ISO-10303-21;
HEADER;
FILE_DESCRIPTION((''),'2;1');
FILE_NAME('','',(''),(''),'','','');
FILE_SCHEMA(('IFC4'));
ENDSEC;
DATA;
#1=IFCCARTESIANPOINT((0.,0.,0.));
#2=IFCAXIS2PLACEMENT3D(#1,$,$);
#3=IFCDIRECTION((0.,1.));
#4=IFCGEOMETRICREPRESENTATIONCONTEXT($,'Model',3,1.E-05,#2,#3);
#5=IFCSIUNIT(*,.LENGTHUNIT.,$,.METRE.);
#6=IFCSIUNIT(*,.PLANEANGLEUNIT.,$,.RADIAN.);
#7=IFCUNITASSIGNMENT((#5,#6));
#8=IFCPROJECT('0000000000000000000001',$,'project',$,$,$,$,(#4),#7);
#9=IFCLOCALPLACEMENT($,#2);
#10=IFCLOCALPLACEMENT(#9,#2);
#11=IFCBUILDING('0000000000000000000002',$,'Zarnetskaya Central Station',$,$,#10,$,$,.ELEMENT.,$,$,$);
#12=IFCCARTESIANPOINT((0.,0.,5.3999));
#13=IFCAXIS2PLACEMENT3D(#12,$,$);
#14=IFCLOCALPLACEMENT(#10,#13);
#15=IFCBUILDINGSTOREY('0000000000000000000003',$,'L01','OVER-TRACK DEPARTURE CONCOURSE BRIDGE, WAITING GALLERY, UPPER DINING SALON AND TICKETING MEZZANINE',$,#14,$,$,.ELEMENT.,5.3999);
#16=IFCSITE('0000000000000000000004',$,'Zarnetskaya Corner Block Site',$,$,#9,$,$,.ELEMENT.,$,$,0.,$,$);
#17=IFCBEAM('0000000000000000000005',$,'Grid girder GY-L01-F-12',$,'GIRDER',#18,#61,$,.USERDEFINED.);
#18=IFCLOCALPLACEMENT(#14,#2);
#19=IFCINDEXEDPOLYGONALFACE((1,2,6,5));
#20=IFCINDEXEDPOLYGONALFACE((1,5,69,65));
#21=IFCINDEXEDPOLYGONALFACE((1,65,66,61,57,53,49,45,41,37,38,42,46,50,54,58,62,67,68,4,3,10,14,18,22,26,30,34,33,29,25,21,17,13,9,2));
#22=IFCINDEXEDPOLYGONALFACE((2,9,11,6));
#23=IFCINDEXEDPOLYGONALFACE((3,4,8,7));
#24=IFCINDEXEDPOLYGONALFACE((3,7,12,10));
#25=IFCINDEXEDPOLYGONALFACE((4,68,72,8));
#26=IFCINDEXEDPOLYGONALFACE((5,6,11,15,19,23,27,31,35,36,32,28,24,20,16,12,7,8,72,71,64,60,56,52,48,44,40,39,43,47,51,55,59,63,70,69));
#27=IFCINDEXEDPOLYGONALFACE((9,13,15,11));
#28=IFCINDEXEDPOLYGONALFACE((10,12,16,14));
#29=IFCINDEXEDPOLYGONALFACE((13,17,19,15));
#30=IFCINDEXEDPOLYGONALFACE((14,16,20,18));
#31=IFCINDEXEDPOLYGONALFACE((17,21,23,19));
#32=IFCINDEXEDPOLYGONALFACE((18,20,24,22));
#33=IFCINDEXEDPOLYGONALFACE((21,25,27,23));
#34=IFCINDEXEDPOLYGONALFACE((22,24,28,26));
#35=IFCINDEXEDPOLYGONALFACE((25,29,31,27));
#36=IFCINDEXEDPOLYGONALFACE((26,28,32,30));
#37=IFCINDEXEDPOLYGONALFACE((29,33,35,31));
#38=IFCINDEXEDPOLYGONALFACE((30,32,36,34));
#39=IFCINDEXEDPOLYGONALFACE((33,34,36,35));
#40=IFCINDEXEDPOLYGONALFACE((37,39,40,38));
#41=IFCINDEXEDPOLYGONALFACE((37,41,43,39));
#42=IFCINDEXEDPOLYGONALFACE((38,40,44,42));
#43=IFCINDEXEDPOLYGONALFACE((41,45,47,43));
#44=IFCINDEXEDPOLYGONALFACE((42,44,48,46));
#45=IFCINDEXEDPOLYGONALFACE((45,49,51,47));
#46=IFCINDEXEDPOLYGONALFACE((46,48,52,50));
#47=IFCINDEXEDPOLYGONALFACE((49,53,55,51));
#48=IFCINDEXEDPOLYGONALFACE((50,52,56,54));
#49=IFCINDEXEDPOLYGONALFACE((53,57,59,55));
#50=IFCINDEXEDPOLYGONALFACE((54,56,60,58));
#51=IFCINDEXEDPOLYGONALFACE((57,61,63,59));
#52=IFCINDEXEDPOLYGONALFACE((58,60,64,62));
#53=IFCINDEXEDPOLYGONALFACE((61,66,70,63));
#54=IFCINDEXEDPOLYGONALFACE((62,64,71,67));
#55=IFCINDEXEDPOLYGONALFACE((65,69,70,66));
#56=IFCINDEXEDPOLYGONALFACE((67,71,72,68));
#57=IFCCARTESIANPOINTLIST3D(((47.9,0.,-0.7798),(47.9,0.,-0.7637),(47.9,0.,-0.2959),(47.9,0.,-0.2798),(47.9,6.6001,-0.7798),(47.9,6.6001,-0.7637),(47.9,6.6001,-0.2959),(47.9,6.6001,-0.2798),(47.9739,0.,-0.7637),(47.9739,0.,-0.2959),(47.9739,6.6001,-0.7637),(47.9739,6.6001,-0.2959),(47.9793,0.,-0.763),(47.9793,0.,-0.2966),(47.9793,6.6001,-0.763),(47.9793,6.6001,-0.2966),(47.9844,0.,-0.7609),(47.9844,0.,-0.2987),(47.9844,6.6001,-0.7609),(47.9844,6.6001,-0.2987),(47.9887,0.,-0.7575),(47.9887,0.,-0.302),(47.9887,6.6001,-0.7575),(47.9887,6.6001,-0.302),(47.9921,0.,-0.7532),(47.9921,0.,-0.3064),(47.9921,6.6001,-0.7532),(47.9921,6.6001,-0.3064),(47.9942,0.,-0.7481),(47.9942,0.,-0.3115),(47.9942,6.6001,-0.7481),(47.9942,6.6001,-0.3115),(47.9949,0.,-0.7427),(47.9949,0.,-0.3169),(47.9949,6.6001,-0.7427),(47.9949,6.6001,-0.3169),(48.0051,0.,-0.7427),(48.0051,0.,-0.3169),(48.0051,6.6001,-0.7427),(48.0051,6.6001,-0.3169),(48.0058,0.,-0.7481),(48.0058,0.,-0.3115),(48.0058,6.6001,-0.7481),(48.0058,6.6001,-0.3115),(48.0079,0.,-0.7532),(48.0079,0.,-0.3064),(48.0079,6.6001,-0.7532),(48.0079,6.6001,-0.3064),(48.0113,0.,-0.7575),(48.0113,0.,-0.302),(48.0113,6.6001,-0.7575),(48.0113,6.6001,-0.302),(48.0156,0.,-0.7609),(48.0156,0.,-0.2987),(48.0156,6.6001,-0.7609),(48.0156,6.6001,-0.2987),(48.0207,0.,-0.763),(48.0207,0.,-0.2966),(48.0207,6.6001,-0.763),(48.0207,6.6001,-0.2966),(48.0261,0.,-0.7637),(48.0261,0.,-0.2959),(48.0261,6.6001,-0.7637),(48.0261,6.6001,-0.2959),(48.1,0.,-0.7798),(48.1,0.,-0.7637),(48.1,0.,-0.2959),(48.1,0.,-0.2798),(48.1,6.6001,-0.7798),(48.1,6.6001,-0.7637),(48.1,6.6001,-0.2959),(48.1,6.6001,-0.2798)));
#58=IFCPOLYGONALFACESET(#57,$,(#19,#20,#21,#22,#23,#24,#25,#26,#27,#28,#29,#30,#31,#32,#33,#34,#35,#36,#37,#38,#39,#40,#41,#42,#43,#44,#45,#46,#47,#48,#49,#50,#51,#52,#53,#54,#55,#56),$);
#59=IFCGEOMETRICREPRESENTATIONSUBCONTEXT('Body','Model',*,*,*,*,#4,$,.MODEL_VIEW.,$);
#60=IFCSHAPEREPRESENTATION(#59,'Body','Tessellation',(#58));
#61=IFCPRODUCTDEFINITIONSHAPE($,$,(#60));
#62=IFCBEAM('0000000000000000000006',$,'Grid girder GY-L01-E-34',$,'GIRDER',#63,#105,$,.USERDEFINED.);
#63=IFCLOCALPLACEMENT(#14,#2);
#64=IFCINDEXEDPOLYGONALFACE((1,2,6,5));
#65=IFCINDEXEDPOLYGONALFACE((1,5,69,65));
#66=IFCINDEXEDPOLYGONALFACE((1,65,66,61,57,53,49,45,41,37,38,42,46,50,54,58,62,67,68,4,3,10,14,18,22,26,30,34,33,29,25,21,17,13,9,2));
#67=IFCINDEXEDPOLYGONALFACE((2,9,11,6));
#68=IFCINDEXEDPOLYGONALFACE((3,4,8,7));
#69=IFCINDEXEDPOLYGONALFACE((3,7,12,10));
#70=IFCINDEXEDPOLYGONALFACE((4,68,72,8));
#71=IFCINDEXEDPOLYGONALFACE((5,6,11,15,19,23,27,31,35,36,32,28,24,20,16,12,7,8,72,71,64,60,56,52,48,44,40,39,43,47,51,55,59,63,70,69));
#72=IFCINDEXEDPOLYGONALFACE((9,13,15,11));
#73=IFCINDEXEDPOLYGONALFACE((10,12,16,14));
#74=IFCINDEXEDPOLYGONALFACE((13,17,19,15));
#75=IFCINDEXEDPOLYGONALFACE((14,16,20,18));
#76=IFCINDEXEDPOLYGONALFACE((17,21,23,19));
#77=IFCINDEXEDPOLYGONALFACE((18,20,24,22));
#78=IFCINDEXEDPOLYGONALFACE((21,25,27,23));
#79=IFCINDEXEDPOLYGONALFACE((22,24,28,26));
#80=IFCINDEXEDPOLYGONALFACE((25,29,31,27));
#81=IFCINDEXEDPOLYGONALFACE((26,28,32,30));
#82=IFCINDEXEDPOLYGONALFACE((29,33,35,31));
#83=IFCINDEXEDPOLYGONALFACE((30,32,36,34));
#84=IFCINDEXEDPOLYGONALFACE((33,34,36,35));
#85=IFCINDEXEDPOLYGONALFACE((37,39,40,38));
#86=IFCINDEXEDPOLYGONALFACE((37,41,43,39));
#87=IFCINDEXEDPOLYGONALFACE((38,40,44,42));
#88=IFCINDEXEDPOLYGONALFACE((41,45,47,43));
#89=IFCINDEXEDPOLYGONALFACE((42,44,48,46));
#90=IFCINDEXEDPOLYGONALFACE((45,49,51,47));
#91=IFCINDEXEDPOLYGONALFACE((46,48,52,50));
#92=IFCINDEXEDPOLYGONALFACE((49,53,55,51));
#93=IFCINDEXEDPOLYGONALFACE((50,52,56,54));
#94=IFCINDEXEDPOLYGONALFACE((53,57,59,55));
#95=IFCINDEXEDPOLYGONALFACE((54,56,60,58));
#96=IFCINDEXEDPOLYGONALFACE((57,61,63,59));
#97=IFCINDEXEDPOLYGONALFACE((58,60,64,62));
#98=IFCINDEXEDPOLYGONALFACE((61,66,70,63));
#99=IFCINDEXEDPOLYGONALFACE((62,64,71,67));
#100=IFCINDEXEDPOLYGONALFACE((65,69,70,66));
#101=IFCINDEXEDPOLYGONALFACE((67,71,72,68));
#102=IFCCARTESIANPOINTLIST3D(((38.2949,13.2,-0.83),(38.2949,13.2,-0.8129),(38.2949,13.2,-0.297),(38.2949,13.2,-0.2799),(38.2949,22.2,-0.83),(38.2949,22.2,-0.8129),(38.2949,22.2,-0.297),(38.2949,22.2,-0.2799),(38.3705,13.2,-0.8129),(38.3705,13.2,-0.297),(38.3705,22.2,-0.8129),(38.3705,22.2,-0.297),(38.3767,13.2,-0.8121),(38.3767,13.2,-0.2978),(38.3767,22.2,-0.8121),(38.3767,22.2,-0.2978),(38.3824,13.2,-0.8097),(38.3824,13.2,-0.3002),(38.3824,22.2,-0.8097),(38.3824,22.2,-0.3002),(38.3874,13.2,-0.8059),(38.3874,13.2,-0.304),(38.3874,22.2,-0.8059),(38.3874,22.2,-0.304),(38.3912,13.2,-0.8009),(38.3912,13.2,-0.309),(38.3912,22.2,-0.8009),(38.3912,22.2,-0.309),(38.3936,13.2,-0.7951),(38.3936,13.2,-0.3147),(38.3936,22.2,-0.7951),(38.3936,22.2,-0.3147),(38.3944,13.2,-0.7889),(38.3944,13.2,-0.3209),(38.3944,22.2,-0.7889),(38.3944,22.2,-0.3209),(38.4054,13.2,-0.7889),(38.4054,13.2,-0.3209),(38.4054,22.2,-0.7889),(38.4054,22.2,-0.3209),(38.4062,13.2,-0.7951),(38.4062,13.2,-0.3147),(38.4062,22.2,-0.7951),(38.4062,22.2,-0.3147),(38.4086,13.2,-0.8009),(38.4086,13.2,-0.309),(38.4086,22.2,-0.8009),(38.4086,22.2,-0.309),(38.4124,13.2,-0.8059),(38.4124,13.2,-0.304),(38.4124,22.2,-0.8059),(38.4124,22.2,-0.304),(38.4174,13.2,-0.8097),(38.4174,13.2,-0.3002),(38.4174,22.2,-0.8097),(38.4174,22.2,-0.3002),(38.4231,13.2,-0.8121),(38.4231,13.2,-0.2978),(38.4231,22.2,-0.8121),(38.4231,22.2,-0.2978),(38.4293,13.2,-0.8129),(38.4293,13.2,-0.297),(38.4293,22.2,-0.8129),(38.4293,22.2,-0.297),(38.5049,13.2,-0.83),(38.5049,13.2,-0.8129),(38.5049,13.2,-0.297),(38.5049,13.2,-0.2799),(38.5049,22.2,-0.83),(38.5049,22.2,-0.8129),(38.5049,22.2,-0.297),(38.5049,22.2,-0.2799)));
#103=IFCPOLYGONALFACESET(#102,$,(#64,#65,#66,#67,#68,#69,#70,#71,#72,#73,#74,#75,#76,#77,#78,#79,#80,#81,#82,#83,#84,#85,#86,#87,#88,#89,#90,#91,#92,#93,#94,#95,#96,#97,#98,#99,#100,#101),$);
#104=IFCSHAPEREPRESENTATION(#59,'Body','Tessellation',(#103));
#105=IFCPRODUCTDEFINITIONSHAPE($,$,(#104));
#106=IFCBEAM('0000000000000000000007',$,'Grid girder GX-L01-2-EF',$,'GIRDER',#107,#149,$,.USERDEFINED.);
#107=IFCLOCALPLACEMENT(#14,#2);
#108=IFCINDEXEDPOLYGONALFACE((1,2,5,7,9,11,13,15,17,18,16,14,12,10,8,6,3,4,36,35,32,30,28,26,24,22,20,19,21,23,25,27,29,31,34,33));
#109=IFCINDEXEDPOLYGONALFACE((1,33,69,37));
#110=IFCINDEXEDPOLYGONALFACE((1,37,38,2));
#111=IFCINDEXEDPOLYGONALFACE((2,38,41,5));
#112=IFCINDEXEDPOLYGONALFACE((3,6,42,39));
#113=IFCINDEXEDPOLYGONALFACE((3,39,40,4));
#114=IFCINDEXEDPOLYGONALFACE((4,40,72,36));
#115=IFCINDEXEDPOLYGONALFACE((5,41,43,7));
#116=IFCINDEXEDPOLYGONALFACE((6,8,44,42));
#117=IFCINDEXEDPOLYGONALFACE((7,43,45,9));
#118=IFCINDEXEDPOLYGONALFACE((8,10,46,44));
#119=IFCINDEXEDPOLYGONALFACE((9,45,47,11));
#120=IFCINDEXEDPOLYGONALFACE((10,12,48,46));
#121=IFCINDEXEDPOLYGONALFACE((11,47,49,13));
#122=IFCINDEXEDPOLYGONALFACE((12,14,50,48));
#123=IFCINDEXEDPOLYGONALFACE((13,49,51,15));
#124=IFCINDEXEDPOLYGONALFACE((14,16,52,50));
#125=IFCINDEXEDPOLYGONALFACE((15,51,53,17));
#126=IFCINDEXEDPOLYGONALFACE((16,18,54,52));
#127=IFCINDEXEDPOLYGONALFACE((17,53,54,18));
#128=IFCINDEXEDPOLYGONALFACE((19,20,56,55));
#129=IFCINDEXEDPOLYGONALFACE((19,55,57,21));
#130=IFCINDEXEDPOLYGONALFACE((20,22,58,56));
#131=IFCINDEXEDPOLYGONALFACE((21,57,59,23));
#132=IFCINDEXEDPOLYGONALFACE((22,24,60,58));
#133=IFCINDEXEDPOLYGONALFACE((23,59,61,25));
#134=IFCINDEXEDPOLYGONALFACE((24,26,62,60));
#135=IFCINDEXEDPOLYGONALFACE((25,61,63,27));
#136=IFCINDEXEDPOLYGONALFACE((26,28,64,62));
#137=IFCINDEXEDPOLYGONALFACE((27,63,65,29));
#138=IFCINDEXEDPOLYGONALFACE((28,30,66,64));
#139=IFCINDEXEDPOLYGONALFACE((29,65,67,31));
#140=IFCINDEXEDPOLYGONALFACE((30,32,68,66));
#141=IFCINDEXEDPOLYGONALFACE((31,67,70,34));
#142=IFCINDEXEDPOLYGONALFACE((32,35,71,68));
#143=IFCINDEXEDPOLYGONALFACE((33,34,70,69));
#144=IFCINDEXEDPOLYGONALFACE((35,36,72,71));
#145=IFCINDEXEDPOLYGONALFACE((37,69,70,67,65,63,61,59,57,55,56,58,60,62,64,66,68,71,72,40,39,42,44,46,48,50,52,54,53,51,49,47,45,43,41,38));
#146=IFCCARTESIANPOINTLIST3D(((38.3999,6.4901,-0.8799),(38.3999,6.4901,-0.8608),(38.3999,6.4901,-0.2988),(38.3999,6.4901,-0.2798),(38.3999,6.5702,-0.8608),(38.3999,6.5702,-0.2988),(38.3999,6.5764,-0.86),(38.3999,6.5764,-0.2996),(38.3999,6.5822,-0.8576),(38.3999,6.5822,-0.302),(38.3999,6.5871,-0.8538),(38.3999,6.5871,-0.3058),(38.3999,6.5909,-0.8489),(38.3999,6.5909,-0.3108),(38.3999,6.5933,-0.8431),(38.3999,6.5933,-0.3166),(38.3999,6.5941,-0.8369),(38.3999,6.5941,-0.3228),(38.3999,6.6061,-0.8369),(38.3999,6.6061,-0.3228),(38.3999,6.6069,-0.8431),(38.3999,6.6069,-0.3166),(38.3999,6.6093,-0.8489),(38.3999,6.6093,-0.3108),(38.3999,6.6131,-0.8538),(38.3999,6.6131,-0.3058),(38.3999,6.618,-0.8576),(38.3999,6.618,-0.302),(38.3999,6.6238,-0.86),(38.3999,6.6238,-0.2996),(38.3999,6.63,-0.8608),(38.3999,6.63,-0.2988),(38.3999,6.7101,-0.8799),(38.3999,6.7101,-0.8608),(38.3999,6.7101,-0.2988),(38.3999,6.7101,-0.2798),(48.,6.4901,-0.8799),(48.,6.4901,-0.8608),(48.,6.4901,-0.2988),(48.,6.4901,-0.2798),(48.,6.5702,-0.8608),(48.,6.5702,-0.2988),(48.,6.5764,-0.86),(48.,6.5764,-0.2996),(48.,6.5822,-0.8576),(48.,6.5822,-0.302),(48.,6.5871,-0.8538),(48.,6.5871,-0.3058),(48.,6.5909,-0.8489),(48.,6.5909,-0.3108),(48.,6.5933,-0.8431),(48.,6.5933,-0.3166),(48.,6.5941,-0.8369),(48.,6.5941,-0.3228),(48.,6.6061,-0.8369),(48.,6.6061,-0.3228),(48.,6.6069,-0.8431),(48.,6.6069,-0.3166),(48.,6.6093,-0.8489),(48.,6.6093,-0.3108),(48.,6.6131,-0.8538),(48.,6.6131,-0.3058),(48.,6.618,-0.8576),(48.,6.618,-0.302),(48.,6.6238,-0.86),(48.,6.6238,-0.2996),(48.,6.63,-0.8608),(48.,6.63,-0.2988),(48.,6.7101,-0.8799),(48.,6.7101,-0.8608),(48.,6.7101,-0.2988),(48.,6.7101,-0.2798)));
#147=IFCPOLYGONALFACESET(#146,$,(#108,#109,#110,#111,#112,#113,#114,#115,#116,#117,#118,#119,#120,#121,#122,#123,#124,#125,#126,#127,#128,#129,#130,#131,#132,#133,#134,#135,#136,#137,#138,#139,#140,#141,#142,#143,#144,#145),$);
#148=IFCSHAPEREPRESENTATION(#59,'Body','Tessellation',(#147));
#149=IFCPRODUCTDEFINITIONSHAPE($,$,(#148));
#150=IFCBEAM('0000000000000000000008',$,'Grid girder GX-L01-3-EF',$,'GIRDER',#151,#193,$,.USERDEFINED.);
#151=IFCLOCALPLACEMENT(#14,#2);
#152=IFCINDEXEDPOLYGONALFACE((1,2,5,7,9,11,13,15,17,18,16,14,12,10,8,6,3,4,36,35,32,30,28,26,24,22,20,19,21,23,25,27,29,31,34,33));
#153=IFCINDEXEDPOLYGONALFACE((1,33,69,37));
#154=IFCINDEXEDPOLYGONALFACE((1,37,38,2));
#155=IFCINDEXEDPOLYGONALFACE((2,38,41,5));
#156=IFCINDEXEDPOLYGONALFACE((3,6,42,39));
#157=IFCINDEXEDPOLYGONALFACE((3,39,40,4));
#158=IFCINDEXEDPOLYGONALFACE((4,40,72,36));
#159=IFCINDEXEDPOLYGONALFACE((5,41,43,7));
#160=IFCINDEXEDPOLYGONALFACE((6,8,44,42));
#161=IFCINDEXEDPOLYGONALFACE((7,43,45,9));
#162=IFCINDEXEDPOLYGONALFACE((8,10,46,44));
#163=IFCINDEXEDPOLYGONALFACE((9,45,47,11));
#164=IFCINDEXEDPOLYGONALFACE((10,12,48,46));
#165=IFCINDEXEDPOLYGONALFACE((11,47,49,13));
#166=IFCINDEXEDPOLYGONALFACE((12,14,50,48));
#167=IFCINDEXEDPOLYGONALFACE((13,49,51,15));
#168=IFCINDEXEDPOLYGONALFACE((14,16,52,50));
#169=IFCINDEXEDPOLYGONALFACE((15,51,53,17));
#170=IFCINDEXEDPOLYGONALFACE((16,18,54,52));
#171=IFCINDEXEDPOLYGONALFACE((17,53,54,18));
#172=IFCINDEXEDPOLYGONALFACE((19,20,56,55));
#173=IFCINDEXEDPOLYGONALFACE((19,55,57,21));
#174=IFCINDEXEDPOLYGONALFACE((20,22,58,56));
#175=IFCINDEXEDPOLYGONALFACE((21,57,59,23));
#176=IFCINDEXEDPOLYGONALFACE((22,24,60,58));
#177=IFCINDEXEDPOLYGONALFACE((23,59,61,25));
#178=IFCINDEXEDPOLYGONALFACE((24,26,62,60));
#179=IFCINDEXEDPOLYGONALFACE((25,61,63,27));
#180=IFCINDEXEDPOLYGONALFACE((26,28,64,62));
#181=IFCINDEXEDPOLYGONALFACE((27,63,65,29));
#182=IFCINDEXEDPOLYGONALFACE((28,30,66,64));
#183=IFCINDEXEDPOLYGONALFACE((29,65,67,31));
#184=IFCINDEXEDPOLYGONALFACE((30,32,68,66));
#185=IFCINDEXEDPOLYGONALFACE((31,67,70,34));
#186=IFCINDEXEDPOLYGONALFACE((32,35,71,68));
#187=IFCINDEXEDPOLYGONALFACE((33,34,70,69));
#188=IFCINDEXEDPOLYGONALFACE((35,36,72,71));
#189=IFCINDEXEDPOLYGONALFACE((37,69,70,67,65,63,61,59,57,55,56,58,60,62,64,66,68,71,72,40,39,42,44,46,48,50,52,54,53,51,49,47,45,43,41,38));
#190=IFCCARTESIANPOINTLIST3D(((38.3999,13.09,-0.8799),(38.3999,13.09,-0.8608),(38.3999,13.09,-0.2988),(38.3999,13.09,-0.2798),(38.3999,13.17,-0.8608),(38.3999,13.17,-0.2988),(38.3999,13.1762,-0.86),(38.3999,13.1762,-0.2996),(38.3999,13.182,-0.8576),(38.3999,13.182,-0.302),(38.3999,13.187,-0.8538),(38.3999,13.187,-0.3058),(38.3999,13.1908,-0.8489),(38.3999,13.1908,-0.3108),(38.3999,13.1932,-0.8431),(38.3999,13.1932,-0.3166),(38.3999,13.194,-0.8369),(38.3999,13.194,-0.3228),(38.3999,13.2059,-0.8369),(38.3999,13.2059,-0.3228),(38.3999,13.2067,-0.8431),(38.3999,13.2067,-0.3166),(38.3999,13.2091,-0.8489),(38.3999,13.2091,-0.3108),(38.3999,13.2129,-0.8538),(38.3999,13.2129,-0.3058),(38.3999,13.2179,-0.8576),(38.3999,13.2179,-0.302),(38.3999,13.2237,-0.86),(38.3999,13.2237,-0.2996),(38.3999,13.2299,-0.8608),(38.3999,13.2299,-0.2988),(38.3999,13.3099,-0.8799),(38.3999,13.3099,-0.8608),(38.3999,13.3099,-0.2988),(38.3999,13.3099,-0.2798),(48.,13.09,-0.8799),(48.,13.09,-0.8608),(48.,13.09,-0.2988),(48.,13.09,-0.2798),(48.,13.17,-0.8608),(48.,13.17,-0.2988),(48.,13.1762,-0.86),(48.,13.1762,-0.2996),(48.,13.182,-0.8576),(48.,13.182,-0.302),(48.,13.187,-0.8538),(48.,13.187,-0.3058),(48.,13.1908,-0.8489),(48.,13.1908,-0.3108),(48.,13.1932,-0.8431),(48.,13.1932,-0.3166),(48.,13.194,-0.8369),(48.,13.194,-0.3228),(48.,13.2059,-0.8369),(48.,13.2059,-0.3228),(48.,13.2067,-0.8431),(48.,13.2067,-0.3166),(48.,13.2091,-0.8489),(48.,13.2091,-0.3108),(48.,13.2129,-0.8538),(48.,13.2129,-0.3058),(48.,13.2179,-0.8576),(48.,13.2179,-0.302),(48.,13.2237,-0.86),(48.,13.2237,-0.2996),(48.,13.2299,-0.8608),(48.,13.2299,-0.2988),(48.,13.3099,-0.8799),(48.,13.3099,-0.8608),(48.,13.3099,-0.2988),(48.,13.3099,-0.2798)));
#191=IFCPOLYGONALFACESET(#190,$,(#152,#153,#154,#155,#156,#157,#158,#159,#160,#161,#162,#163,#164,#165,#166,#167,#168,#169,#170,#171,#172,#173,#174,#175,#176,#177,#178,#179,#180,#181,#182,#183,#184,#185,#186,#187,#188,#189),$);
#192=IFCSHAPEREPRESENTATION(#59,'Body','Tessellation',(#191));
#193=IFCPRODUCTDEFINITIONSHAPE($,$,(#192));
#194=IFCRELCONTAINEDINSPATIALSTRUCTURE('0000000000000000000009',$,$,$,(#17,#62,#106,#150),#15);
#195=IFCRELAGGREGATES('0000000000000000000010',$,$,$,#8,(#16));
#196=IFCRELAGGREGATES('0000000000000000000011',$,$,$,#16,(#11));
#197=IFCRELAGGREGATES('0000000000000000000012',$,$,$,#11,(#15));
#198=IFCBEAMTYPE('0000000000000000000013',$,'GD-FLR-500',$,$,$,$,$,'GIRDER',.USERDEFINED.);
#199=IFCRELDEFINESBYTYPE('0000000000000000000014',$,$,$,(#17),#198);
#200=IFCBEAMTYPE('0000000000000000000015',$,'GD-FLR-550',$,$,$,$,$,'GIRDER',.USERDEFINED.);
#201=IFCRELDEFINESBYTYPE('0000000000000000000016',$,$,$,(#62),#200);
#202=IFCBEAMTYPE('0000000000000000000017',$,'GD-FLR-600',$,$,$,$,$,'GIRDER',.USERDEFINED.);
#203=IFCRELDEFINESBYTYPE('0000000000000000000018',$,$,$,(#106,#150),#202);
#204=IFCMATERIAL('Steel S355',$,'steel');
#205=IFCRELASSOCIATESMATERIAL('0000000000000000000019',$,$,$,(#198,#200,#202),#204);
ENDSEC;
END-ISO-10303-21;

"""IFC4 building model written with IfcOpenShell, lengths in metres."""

from ifc_helpers import new_model, si_unit, direction, frame, origin, origin_2d, place, context, subcontext, project, spatial, i_section, extrude, material, material_profile, profile_set, type_object, element, save


model = new_model("IFC4")

# Units and contexts
model_context = context("Model", 3, precision=1e-05, world=origin(), true_north=direction((0.0, 1.0)))
body_context = subcontext(model_context, "Body", "Model", "MODEL_VIEW")
ifc_project = project(units=[si_unit("LENGTHUNIT", "METRE"), si_unit("PLANEANGLEUNIT", "RADIAN")], contexts=[model_context])

# Site, building, storey
site_placement = place(None, origin())
site = spatial("IfcSite", under=ifc_project, at=site_placement, Name="Zarnetskaya Corner Block Site", CompositionType="ELEMENT", RefElevation=0.0)
building_placement = place(site_placement, origin())
building = spatial("IfcBuilding", under=site, at=building_placement, Name="Zarnetskaya Central Station", CompositionType="ELEMENT")
storey_placement = place(building_placement, frame((0.0, 0.0, 5.3999)))
storey = spatial("IfcBuildingStorey", under=building, at=storey_placement, Name="L01", Description="OVER-TRACK DEPARTURE CONCOURSE BRIDGE, WAITING GALLERY, UPPER DINING SALON AND TICKETING MEZZANINE", CompositionType="ELEMENT", Elevation=5.3999)

# Shared definitions
ifc_material_1 = material(Name="Steel S355", Category="steel")

# Beams
ifc_material_profile_1 = material_profile(ifc_material_1, i_section(OverallWidth=0.2, OverallDepth=0.5, WebThickness=0.0103, FlangeThickness=0.0161, FilletRadius=0.021, at=origin_2d()), Name="IPE 500")
ifc_profile_set_1 = profile_set([ifc_material_profile_1], Name="Steel S355")
beam_type_1 = type_object("IfcBeamType", Name="GD-FLR-500", ElementType="GIRDER", PredefinedType="USERDEFINED", material=ifc_profile_set_1)
beam_1_placement = place(storey_placement, frame((48.0, 0.0, -0.5298), z_axis=(0.0, 1.0, 0.0), x_axis=(-1.0, 0.0, 0.0)))
element("IfcBeam", 1, at=beam_1_placement, inside=storey, type_object=beam_type_1, Name="Grid girder GY-L01-F-12", ObjectType="GIRDER", PredefinedType="USERDEFINED", context=body_context, shape_type="SweptSolid", body=[
    extrude(i_section(OverallWidth=0.2, OverallDepth=0.5, WebThickness=0.0103, FlangeThickness=0.0161, FilletRadius=0.021, at=origin_2d()), origin(), (0.0, 0.0, 1.0), 6.6001),
])
ifc_material_profile_2 = material_profile(ifc_material_1, i_section(OverallWidth=0.21, OverallDepth=0.55, WebThickness=0.011, FlangeThickness=0.0171, FilletRadius=0.0239, at=origin_2d()), Name="IPE 550")
ifc_profile_set_2 = profile_set([ifc_material_profile_2], Name="Steel S355")
beam_type_2 = type_object("IfcBeamType", Name="GD-FLR-550", ElementType="GIRDER", PredefinedType="USERDEFINED", material=ifc_profile_set_2)
beam_2_placement = place(storey_placement, frame((38.3999, 13.2, -0.5549), z_axis=(0.0, 1.0, 0.0), x_axis=(-1.0, 0.0, 0.0)))
element("IfcBeam", 2, at=beam_2_placement, inside=storey, type_object=beam_type_2, Name="Grid girder GY-L01-E-34", ObjectType="GIRDER", PredefinedType="USERDEFINED", context=body_context, shape_type="SweptSolid", body=[
    extrude(i_section(OverallWidth=0.21, OverallDepth=0.55, WebThickness=0.011, FlangeThickness=0.0171, FilletRadius=0.0239, at=origin_2d()), origin(), (0.0, 0.0, 1.0), 9.0),
])
ifc_material_profile_3 = material_profile(ifc_material_1, i_section(OverallWidth=0.22, OverallDepth=0.6001, WebThickness=0.012, FlangeThickness=0.019, FilletRadius=0.0239, at=origin_2d()), Name="IPE 600")
ifc_profile_set_3 = profile_set([ifc_material_profile_3], Name="Steel S355")
beam_type_3 = type_object("IfcBeamType", Name="GD-FLR-600", ElementType="GIRDER", PredefinedType="USERDEFINED", material=ifc_profile_set_3)
for number, where, z_axis, x_axis, name in (
    (3, (38.3999, 6.6001, -0.5798), (1.0, 0.0, 0.0), (0.0, 1.0, 0.0), "Grid girder GX-L01-2-EF"),
    (4, (38.3999, 13.2, -0.5798), (1.0, 0.0, 0.0), (0.0, 1.0, 0.0), "Grid girder GX-L01-3-EF"),
):
    element("IfcBeam", number, at=place(storey_placement, frame(where, z_axis=z_axis, x_axis=x_axis)), inside=storey, type_object=beam_type_3, Name=name, ObjectType="GIRDER", PredefinedType="USERDEFINED", context=body_context, shape_type="SweptSolid", body=[
        extrude(i_section(OverallWidth=0.22, OverallDepth=0.6001, WebThickness=0.012, FlangeThickness=0.019, FilletRadius=0.0239, at=origin_2d()), origin(), (0.0, 0.0, 1.0), 9.6001),
    ])

save(model, "model.ifc")
